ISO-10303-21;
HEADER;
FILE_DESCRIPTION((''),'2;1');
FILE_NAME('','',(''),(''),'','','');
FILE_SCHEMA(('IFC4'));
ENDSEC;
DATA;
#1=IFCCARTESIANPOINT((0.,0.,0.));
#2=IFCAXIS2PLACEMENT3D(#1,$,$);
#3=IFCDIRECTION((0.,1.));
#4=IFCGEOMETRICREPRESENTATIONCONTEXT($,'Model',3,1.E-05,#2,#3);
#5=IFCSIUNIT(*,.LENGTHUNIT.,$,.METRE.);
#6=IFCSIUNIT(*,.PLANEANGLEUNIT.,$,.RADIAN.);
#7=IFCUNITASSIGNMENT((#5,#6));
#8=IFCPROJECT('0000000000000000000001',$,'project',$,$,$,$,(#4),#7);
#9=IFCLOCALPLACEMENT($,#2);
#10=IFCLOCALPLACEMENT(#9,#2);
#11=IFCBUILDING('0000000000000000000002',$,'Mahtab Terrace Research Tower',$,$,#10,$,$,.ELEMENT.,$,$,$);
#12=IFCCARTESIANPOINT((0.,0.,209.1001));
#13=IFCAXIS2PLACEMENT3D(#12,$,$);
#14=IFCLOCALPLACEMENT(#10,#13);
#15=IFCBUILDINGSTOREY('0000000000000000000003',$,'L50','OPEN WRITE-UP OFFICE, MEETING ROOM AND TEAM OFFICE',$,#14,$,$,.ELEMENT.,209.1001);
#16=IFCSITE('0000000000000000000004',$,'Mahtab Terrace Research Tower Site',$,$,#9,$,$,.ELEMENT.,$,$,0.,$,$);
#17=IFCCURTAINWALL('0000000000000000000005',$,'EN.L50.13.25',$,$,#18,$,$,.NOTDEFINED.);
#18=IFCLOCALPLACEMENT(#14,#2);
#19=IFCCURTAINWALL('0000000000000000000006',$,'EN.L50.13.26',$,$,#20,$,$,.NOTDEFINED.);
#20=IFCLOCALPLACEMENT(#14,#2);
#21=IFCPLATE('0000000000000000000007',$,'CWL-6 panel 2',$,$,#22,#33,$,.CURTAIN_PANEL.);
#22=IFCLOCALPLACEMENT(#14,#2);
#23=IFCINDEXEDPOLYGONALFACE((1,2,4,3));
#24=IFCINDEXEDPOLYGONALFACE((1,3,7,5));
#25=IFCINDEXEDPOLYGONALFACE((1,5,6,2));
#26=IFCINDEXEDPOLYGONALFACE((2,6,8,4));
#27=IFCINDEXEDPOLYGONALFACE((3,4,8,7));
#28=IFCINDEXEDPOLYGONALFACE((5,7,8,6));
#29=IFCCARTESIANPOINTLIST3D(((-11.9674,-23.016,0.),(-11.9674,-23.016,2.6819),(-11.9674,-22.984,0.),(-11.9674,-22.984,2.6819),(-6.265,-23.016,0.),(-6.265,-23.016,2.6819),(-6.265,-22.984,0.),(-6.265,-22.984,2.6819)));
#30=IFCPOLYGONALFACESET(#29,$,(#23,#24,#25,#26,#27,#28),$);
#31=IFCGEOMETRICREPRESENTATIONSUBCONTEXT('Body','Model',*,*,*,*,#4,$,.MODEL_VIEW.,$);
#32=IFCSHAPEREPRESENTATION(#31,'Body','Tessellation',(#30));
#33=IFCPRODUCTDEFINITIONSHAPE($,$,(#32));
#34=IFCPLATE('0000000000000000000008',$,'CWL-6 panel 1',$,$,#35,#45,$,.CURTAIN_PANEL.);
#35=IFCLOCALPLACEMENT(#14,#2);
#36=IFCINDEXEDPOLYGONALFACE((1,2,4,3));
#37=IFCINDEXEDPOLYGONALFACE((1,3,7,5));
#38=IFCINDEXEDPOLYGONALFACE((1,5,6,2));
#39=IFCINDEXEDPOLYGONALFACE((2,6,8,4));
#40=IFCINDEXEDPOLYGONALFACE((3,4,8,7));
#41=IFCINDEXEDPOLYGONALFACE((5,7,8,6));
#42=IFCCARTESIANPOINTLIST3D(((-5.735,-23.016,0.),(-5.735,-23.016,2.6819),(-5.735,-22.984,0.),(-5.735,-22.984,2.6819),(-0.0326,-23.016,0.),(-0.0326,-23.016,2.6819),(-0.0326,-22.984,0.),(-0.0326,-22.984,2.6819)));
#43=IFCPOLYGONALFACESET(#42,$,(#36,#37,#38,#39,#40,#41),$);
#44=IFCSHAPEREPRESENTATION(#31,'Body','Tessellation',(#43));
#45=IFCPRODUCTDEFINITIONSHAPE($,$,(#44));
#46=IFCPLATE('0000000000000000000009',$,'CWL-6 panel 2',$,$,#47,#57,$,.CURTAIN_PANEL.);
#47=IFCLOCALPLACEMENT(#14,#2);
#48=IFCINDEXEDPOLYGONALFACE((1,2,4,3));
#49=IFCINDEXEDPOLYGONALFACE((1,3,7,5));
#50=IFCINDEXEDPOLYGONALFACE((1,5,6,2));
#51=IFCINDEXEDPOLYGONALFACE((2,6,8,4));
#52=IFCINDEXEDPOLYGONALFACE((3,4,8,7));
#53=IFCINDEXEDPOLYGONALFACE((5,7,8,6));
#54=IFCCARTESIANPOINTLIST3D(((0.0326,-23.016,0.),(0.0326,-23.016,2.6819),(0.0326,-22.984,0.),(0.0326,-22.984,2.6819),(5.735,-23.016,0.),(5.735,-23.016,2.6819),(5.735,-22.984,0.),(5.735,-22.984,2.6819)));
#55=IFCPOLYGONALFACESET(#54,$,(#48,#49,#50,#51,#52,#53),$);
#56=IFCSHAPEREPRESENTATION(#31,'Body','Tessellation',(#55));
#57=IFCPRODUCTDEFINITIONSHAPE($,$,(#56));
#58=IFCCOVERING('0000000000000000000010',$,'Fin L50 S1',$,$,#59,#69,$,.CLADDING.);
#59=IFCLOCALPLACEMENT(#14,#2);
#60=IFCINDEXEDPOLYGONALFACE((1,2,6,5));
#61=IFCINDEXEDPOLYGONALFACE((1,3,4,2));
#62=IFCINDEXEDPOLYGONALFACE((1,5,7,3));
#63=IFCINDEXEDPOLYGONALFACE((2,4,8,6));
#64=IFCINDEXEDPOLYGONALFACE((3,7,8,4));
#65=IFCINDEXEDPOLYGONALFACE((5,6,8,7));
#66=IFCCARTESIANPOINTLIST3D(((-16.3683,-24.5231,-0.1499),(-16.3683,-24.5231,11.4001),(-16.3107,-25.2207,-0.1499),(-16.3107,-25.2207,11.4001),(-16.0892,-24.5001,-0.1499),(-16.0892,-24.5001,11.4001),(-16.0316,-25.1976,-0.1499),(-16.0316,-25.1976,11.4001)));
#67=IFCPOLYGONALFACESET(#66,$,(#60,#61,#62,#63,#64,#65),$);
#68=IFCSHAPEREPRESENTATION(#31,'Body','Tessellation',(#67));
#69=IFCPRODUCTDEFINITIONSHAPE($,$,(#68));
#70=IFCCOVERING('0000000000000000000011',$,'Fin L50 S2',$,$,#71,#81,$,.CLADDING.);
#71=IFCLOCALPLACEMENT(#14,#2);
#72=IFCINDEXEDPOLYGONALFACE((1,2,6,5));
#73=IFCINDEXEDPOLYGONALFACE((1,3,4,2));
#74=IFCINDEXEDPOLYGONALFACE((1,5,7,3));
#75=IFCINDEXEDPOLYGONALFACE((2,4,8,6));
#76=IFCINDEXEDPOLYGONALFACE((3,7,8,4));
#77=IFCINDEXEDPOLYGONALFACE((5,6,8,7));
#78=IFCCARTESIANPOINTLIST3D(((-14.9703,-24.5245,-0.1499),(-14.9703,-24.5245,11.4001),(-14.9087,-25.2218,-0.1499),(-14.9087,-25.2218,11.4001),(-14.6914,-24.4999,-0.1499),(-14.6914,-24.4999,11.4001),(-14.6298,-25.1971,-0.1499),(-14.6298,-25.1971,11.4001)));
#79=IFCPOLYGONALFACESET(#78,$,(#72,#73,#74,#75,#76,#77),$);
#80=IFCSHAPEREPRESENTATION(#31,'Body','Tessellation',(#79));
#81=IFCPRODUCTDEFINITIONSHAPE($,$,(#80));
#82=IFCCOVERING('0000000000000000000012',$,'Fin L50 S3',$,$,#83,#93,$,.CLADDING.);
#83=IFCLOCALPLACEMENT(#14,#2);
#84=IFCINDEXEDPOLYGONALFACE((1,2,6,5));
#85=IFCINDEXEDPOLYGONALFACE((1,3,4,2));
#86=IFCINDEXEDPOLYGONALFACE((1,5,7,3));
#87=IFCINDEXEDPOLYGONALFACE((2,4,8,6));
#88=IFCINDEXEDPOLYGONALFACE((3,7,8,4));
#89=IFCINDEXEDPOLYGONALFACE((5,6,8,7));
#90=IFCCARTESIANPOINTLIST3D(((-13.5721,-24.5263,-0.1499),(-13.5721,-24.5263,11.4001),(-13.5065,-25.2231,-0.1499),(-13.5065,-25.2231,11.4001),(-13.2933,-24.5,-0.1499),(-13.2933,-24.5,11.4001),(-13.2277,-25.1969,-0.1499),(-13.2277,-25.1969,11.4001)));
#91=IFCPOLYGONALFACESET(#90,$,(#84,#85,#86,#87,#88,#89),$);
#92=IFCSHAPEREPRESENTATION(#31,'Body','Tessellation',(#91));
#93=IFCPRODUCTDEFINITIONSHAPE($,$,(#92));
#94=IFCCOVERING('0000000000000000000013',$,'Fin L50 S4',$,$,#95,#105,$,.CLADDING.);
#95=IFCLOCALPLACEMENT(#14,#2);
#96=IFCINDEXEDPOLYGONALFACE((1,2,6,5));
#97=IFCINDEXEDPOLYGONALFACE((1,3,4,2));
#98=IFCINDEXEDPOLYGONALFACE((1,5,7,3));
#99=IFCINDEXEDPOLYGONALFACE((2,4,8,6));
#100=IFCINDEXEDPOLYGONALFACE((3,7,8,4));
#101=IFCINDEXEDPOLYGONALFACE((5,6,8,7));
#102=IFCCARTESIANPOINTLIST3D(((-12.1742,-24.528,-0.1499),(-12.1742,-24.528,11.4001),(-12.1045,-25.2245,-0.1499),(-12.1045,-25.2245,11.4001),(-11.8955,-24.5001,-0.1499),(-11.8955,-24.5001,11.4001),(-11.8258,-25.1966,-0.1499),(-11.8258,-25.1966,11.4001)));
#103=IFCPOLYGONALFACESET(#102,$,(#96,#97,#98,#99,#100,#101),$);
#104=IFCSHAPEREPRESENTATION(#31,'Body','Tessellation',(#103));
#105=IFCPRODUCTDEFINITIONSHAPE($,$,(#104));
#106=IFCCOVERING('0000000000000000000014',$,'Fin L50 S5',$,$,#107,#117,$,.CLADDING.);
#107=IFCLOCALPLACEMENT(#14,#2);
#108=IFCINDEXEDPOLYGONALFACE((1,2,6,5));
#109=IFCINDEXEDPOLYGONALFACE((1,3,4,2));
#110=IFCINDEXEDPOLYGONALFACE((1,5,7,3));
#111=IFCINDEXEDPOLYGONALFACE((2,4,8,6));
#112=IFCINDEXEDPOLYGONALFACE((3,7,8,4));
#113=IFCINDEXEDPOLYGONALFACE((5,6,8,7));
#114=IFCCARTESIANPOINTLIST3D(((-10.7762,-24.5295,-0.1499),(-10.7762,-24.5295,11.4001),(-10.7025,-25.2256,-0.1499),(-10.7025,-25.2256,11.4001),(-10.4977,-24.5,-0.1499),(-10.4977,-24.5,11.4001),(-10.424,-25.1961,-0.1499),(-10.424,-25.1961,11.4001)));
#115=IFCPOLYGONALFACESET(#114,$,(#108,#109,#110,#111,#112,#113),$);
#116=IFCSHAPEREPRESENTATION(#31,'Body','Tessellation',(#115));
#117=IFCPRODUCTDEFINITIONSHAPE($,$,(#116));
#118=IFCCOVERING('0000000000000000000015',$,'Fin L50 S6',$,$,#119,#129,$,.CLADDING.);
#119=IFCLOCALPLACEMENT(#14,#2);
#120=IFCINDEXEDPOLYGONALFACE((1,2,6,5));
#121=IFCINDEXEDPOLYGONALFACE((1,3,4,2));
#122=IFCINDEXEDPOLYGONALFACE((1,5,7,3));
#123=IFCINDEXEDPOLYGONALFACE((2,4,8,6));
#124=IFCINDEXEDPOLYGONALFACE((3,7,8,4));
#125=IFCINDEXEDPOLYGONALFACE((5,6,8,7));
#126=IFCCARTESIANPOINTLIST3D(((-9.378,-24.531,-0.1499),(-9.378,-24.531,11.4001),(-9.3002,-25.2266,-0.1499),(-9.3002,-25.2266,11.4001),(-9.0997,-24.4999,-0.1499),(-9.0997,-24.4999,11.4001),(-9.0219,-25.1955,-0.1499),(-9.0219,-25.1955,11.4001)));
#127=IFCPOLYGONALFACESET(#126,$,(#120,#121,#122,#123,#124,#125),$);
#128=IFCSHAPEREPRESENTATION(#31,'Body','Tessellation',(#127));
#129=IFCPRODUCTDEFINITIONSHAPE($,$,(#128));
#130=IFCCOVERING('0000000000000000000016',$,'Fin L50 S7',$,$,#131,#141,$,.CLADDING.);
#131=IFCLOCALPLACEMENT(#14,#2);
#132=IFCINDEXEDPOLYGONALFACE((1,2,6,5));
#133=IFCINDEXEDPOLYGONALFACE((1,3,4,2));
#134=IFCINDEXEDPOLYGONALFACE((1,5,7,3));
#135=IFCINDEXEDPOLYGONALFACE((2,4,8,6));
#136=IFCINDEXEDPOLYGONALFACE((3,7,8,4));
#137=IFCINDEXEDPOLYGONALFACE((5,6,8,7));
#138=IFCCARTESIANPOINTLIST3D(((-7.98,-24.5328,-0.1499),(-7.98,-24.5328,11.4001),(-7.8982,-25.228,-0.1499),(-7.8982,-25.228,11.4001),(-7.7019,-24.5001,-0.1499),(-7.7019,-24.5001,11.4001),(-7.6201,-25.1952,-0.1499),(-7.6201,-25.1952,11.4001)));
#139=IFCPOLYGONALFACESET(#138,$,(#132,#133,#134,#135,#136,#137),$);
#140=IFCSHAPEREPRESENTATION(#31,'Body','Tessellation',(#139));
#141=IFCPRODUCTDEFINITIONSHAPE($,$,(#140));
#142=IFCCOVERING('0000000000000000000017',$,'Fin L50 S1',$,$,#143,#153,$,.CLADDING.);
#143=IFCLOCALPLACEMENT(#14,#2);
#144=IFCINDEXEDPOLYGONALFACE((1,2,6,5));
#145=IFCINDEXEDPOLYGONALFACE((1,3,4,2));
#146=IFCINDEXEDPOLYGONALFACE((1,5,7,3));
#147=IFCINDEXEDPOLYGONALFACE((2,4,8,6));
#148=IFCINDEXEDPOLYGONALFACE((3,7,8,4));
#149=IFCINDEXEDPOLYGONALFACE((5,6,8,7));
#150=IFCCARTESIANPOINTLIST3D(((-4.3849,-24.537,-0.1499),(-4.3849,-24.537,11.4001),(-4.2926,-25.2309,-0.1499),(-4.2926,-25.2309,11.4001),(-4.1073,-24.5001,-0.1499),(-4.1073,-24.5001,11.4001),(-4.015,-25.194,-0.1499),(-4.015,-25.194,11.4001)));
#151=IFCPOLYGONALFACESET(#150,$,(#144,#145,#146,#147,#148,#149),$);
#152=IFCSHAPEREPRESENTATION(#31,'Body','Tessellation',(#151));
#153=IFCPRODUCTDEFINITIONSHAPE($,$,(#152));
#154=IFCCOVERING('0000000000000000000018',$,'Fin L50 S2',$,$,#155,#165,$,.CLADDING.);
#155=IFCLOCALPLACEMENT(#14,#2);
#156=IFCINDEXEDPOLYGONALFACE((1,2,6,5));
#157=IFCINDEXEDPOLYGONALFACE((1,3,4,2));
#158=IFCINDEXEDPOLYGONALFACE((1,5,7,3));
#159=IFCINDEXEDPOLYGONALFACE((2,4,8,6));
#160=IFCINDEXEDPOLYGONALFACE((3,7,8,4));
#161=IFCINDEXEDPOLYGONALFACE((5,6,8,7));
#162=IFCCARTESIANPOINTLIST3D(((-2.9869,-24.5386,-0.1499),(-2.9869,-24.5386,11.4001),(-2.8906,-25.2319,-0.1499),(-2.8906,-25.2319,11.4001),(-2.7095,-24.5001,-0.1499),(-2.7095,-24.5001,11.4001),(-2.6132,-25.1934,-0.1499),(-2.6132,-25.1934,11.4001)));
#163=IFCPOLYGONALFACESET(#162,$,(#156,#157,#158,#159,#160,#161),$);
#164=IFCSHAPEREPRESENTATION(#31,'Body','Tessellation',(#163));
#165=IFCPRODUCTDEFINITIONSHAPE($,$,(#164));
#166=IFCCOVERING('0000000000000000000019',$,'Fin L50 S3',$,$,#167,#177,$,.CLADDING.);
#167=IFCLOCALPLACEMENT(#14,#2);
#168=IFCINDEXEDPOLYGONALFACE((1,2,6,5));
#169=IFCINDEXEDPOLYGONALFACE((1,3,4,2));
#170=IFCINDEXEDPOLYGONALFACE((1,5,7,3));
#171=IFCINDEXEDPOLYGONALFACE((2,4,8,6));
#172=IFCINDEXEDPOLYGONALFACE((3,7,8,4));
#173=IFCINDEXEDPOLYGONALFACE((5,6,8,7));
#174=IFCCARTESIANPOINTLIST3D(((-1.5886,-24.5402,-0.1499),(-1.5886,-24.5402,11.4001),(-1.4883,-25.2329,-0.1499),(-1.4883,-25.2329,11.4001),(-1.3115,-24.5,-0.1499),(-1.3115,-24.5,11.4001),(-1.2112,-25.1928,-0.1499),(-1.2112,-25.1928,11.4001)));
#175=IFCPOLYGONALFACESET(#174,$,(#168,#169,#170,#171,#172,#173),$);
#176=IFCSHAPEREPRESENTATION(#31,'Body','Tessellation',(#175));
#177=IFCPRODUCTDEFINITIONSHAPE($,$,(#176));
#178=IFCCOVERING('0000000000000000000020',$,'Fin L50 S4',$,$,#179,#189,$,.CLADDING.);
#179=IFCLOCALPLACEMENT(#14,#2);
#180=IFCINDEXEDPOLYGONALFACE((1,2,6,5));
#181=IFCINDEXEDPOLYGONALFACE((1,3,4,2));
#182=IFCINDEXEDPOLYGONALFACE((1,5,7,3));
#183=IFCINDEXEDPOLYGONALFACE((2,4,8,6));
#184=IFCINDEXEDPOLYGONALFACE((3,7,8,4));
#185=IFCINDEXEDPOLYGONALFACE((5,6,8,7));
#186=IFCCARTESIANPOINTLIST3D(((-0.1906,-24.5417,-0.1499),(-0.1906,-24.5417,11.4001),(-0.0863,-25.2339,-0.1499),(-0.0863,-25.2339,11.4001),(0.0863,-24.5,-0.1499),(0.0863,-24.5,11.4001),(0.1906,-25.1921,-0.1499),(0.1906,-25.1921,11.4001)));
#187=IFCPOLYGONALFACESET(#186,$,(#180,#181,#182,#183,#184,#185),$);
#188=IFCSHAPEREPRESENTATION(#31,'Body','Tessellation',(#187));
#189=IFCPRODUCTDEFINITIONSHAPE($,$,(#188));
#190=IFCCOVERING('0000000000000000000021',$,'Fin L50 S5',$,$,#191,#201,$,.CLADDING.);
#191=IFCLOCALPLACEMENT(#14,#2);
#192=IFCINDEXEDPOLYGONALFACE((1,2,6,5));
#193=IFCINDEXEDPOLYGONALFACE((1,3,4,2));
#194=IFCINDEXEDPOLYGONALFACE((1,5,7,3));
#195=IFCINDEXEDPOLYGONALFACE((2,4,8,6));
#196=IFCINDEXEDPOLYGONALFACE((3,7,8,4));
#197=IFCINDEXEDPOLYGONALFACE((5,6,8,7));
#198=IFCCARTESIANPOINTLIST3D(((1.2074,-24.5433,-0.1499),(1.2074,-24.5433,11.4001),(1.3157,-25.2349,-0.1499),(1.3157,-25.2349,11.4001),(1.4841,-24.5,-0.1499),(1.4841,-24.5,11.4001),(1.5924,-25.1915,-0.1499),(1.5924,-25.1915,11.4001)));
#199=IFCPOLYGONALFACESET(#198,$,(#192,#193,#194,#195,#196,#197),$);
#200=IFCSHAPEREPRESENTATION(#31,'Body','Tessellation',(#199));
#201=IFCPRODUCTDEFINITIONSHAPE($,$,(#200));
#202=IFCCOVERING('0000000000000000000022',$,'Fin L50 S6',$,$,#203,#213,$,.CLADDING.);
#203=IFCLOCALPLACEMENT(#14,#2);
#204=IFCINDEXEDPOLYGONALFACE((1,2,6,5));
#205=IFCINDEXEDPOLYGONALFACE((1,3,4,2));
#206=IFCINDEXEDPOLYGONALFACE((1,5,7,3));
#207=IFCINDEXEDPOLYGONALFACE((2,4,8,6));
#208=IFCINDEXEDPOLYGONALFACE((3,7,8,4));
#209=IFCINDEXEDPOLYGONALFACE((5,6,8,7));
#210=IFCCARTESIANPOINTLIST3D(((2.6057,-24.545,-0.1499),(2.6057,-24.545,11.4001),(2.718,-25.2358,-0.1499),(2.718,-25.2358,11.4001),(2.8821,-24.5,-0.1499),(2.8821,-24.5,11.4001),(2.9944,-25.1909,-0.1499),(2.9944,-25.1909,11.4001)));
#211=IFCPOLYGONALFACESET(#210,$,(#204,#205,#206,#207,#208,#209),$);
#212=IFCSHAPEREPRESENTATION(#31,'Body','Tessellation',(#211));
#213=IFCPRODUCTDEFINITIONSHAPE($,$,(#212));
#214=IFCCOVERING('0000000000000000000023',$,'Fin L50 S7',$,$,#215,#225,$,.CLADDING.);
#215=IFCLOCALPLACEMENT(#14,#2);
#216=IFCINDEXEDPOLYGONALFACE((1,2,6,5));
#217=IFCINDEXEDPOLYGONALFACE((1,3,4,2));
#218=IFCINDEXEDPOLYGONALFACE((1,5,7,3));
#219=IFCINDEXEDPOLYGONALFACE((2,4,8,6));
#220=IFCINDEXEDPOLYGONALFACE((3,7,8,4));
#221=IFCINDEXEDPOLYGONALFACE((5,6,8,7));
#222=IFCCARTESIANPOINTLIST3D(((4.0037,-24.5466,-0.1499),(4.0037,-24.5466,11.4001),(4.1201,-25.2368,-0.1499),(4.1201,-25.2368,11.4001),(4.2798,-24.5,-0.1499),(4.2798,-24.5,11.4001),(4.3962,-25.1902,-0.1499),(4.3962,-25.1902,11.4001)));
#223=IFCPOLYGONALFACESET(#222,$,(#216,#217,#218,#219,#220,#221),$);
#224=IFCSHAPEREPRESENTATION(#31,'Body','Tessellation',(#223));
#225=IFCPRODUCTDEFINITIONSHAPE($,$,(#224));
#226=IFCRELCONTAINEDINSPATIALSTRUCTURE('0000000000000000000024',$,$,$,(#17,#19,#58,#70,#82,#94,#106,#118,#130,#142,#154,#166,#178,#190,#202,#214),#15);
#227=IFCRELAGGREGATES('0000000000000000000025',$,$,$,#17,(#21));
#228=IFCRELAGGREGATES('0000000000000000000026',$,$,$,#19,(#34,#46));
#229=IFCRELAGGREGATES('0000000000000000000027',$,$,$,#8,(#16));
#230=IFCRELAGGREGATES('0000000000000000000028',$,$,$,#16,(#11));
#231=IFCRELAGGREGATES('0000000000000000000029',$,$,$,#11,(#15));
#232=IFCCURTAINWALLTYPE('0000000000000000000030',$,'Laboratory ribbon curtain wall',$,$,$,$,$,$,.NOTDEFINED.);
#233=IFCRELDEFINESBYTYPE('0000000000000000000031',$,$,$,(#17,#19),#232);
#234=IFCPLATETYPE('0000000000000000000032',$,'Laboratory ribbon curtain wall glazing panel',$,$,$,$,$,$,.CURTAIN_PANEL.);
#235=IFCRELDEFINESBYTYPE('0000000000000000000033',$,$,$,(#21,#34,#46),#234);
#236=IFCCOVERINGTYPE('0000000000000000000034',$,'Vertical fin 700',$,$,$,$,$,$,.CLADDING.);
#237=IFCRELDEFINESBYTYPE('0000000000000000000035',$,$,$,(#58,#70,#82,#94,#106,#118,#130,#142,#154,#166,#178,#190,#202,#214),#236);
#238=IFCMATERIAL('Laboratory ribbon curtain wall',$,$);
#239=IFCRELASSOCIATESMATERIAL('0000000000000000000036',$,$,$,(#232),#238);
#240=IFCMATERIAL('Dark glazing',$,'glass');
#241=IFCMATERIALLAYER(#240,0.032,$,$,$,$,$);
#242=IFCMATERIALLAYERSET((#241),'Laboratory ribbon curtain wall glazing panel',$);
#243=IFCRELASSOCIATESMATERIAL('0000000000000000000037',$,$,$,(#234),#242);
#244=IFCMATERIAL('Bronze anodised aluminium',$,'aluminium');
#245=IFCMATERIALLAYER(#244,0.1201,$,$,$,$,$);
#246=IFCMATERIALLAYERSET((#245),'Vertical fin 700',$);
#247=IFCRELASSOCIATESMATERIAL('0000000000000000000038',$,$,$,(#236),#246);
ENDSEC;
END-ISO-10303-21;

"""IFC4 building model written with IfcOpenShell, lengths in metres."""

from ifc_helpers import new_model, si_unit, direction, frame, origin, origin_2d, place, context, subcontext, project, spatial, rectangle, extrude, material, layer, layer_set, type_object, element, aggregate, save


model = new_model("IFC4")

# Units and contexts
model_context = context("Model", 3, precision=1e-05, world=origin(), true_north=direction((0.0, 1.0)))
body_context = subcontext(model_context, "Body", "Model", "MODEL_VIEW")
ifc_project = project(units=[si_unit("LENGTHUNIT", "METRE"), si_unit("PLANEANGLEUNIT", "RADIAN")], contexts=[model_context])

# Site, building, storey
site_placement = place(None, origin())
site = spatial("IfcSite", under=ifc_project, at=site_placement, Name="Mahtab Terrace Research Tower Site", CompositionType="ELEMENT", RefElevation=0.0)
building_placement = place(site_placement, origin())
building = spatial("IfcBuilding", under=site, at=building_placement, Name="Mahtab Terrace Research Tower", CompositionType="ELEMENT")
storey_placement = place(building_placement, frame((0.0, 0.0, 209.1001)))
storey = spatial("IfcBuildingStorey", under=building, at=storey_placement, Name="L50", Description="OPEN WRITE-UP OFFICE, MEETING ROOM AND TEAM OFFICE", CompositionType="ELEMENT", Elevation=209.1001)

# Curtain walls
ifc_material_1 = material(Name="Laboratory ribbon curtain wall")
curtain_wall_type = type_object("IfcCurtainWallType", Name="Laboratory ribbon curtain wall", PredefinedType="NOTDEFINED", material=ifc_material_1)
curtain_wall_1_placement = place(storey_placement, origin())
curtain_wall_1 = element("IfcCurtainWall", 1, at=curtain_wall_1_placement, inside=storey, type_object=curtain_wall_type, Name="EN.L50.13.25", PredefinedType="NOTDEFINED")
curtain_wall_2_placement = place(storey_placement, origin())
curtain_wall_2 = element("IfcCurtainWall", 2, at=curtain_wall_2_placement, inside=storey, type_object=curtain_wall_type, Name="EN.L50.13.26", PredefinedType="NOTDEFINED")

# Plates
ifc_material_2 = material(Name="Dark glazing", Category="glass")
ifc_layer_1 = layer(ifc_material_2, 0.032)
ifc_layer_set_1 = layer_set([ifc_layer_1], Name="Laboratory ribbon curtain wall glazing panel")
plate_type = type_object("IfcPlateType", Name="Laboratory ribbon curtain wall glazing panel", PredefinedType="CURTAIN_PANEL", material=ifc_layer_set_1)
plate_1_placement = place(storey_placement, frame((-9.1162, -23.0, 0.0), z_axis=(0.0, 0.0, 1.0), x_axis=(1.0, 0.0, 0.0)))
plate_1 = element("IfcPlate", 3, at=plate_1_placement, type_object=plate_type, Name="CWL-6 panel 2", PredefinedType="CURTAIN_PANEL", context=body_context, shape_type="SweptSolid", body=[
    extrude(rectangle(XDim=5.7024, YDim=0.032, at=origin_2d()), origin(), (0.0, 0.0, 1.0), 2.6819),
])
aggregate(curtain_wall_1, [plate_1])
plate_2_placement = place(storey_placement, frame((-2.8838, -23.0, 0.0), z_axis=(0.0, 0.0, 1.0), x_axis=(1.0, 0.0, 0.0)))
plate_2 = element("IfcPlate", 4, at=plate_2_placement, type_object=plate_type, Name="CWL-6 panel 1", PredefinedType="CURTAIN_PANEL", context=body_context, shape_type="SweptSolid", body=[
    extrude(rectangle(XDim=5.7024, YDim=0.032, at=origin_2d()), origin(), (0.0, 0.0, 1.0), 2.6819),
])
plate_3_placement = place(storey_placement, frame((2.8838, -23.0, 0.0), z_axis=(0.0, 0.0, 1.0), x_axis=(1.0, 0.0, 0.0)))
plate_3 = element("IfcPlate", 5, at=plate_3_placement, type_object=plate_type, Name="CWL-6 panel 2", PredefinedType="CURTAIN_PANEL", context=body_context, shape_type="SweptSolid", body=[
    extrude(rectangle(XDim=5.7024, YDim=0.032, at=origin_2d()), origin(), (0.0, 0.0, 1.0), 2.6819),
])
aggregate(curtain_wall_2, [plate_2, plate_3])

# Coverings
ifc_material_3 = material(Name="Bronze anodised aluminium", Category="aluminium")
ifc_layer_2 = layer(ifc_material_3, 0.1201)
ifc_layer_set_2 = layer_set([ifc_layer_2], Name="Vertical fin 700")
covering_type = type_object("IfcCoveringType", Name="Vertical fin 700", PredefinedType="CLADDING", material=ifc_layer_set_2)
for number, where, z_axis, x_axis, name in (
    (6, (-16.2, -24.8604, -0.1499), (0.0, 0.0, 1.0), (0.996617, 0.082187, 0.0), "Fin L50 S1"),
    (7, (-14.8, -24.8608, -0.1499), (0.0, 0.0, 1.0), (0.996122, 0.087984, 0.0), "Fin L50 S2"),
    (8, (-13.3999, -24.8616, -0.1499), (0.0, 0.0, 1.0), (0.995593, 0.093777, 0.0), "Fin L50 S3"),
    (9, (-12.0, -24.8623, -0.1499), (0.0, 0.0, 1.0), (0.995031, 0.099568, 0.0), "Fin L50 S4"),
    (10, (-10.6001, -24.8628, -0.1499), (0.0, 0.0, 1.0), (0.994435, 0.105355, 0.0), "Fin L50 S5"),
    (11, (-9.2, -24.8633, -0.1499), (0.0, 0.0, 1.0), (0.993805, 0.111139, 0.0), "Fin L50 S6"),
    (12, (-7.8, -24.864, -0.1499), (0.0, 0.0, 1.0), (0.993142, 0.116918, 0.0), "Fin L50 S7"),
    (13, (-4.2, -24.8655, -0.1499), (0.0, 0.0, 1.0), (0.991281, 0.131762, 0.0), "Fin L50 S1"),
    (14, (-2.8, -24.866, -0.1499), (0.0, 0.0, 1.0), (0.990498, 0.137527, 0.0), "Fin L50 S2"),
    (15, (-1.3999, -24.8665, -0.1499), (0.0, 0.0, 1.0), (0.989681, 0.143287, 0.0), "Fin L50 S3"),
    (16, (0.0, -24.8669, -0.1499), (0.0, 0.0, 1.0), (0.988831, 0.149042, 0.0), "Fin L50 S4"),
    (17, (1.3999, -24.8674, -0.1499), (0.0, 0.0, 1.0), (0.987947, 0.154792, 0.0), "Fin L50 S5"),
    (18, (2.8, -24.8679, -0.1499), (0.0, 0.0, 1.0), (0.98703, 0.160537, 0.0), "Fin L50 S6"),
    (19, (4.2, -24.8684, -0.1499), (0.0, 0.0, 1.0), (0.986079, 0.166277, 0.0), "Fin L50 S7"),
):
    element("IfcCovering", number, at=place(storey_placement, frame(where, z_axis=z_axis, x_axis=x_axis)), inside=storey, type_object=covering_type, Name=name, PredefinedType="CLADDING", context=body_context, shape_type="SweptSolid", body=[
        extrude(rectangle(XDim=0.28, YDim=0.7, at=origin_2d()), origin(), (0.0, 0.0, 1.0), 11.55),
    ])

save(model, "model.ifc")
